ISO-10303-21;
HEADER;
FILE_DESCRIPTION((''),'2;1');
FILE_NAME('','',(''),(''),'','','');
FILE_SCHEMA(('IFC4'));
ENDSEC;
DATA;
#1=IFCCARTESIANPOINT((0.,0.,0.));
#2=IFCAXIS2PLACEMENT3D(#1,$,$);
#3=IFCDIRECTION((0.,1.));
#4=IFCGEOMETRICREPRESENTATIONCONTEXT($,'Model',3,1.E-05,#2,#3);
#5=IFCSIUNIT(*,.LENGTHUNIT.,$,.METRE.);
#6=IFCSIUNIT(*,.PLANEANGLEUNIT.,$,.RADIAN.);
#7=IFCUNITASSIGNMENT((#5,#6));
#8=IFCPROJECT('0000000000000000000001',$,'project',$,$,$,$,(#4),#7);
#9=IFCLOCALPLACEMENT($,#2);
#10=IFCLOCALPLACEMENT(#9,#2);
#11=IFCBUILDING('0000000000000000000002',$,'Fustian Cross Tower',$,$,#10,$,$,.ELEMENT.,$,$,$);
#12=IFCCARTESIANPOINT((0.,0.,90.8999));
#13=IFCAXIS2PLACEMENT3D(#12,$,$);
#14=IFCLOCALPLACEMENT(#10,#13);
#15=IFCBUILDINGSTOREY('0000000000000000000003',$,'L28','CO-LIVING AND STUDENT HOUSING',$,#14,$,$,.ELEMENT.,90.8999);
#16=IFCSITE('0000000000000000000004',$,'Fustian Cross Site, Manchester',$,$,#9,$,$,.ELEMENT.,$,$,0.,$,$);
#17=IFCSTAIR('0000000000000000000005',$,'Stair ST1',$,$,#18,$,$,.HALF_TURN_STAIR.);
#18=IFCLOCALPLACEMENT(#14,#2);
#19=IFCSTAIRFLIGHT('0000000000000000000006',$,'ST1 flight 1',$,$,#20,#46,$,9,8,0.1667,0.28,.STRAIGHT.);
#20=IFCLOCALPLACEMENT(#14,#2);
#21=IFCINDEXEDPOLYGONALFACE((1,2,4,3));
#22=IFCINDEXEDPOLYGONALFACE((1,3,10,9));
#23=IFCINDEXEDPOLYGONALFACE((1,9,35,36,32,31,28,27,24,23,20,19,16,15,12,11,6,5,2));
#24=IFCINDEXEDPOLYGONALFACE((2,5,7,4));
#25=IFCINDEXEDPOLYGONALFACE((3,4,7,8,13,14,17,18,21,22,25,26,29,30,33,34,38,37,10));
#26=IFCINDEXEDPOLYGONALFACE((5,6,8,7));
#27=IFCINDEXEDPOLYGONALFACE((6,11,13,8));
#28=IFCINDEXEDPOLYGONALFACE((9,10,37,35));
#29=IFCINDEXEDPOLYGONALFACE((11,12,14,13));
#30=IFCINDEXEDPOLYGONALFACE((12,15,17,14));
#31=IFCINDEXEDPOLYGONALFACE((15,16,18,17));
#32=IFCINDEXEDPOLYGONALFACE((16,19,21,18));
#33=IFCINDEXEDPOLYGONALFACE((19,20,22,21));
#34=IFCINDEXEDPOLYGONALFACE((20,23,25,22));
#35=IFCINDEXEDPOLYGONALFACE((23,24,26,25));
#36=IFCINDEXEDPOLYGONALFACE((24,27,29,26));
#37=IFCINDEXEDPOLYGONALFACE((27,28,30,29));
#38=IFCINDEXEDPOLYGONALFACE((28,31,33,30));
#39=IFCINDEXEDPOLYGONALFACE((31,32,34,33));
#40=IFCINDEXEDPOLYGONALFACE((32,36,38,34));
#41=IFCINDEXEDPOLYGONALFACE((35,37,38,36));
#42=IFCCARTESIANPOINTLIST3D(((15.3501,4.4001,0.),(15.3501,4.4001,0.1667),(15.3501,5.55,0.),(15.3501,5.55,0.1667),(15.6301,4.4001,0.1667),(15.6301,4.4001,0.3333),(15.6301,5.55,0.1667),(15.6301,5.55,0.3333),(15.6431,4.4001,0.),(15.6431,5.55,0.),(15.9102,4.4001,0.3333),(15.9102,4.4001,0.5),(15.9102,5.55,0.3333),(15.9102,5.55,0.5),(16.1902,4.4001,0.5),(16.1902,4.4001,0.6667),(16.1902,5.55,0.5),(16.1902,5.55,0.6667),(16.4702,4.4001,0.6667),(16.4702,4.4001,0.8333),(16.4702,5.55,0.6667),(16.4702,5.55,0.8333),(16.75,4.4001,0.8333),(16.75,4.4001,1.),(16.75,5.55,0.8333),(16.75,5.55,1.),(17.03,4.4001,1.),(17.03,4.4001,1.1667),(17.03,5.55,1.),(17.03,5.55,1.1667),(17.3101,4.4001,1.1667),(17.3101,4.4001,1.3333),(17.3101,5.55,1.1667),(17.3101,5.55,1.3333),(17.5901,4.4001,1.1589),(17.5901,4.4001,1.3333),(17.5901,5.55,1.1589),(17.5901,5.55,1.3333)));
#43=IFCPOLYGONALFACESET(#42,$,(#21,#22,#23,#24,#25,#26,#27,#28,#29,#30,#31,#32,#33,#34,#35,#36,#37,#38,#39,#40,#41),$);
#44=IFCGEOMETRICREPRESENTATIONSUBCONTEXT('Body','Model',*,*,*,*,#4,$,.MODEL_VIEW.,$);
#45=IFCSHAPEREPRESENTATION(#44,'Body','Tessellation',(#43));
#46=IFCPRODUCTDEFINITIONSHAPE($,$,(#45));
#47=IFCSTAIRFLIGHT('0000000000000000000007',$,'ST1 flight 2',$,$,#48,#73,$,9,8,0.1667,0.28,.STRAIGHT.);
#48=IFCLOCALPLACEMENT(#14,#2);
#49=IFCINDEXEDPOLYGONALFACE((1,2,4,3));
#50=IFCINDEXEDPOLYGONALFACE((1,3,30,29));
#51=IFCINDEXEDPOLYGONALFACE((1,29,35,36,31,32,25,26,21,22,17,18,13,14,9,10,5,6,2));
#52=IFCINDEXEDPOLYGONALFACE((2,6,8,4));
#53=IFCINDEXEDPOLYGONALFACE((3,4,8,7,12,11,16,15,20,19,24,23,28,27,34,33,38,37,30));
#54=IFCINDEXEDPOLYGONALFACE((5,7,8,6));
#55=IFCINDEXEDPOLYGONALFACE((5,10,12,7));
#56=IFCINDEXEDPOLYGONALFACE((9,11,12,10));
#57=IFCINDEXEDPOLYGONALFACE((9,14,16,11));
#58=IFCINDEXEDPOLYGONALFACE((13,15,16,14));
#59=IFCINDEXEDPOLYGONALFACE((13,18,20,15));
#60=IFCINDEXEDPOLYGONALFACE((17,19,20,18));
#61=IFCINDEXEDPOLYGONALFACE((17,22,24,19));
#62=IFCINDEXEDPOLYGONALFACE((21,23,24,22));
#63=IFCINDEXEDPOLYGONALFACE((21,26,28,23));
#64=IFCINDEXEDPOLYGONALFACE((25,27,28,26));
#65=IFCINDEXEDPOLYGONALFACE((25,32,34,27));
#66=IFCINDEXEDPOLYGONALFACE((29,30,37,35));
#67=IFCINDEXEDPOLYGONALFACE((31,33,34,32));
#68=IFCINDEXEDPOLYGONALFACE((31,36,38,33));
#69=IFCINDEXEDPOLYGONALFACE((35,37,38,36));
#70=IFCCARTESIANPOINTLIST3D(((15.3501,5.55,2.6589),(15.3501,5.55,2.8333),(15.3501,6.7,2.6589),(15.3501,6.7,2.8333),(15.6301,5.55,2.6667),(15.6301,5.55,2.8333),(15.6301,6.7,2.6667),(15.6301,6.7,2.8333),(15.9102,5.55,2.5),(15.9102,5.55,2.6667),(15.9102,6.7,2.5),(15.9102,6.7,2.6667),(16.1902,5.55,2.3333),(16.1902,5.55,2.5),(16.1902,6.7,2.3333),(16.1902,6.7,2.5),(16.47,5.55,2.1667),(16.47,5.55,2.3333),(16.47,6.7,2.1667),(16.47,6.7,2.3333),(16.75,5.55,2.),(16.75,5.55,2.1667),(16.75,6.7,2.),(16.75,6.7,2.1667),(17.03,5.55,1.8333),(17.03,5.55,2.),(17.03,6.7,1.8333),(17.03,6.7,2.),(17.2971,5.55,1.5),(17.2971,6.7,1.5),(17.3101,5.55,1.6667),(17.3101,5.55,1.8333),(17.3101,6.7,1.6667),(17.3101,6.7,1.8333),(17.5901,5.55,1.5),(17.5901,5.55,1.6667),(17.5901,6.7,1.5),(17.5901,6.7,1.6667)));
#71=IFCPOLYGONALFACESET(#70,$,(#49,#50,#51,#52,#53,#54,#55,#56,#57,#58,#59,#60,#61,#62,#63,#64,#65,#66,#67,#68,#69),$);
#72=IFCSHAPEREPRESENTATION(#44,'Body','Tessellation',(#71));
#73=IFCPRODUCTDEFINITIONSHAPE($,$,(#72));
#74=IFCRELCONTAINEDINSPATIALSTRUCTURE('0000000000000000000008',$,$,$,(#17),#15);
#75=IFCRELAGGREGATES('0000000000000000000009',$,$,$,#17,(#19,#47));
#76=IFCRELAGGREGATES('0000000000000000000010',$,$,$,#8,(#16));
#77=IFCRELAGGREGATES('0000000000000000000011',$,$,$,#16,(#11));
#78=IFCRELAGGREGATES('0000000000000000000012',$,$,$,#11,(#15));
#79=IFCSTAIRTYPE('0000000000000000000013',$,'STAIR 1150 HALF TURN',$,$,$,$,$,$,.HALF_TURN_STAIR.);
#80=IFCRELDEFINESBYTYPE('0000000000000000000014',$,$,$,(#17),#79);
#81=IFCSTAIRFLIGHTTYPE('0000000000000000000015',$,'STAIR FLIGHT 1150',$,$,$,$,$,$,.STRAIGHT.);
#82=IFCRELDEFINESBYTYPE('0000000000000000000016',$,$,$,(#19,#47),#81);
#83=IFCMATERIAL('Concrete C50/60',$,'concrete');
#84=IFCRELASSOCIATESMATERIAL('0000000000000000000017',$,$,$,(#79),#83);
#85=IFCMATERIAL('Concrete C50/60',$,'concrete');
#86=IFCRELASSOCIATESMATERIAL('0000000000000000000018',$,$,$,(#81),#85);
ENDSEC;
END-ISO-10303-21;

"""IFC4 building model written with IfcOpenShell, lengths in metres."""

from ifc_helpers import new_model, si_unit, direction, frame, origin, place, context, subcontext, project, spatial, polyline, outline, extrude, material, type_object, element, aggregate, save


model = new_model("IFC4")

# Units and contexts
model_context = context("Model", 3, precision=1e-05, world=origin(), true_north=direction((0.0, 1.0)))
body_context = subcontext(model_context, "Body", "Model", "MODEL_VIEW")
ifc_project = project(units=[si_unit("LENGTHUNIT", "METRE"), si_unit("PLANEANGLEUNIT", "RADIAN")], contexts=[model_context])

# Site, building, storey
site_placement = place(None, origin())
site = spatial("IfcSite", under=ifc_project, at=site_placement, Name="Fustian Cross Site, Manchester", CompositionType="ELEMENT", RefElevation=0.0)
building_placement = place(site_placement, origin())
building = spatial("IfcBuilding", under=site, at=building_placement, Name="Fustian Cross Tower", CompositionType="ELEMENT")
storey_placement = place(building_placement, frame((0.0, 0.0, 90.8999)))
storey = spatial("IfcBuildingStorey", under=building, at=storey_placement, Name="L28", Description="CO-LIVING AND STUDENT HOUSING", CompositionType="ELEMENT", Elevation=90.8999)

# Stair, stair flights
ifc_material_1 = material(Name="Concrete C50/60", Category="concrete")
stair_type = type_object("IfcStairType", Name="STAIR 1150 HALF TURN", PredefinedType="HALF_TURN_STAIR", material=ifc_material_1)
stair_placement = place(storey_placement, origin())
stair = element("IfcStair", 1, at=stair_placement, inside=storey, type_object=stair_type, Name="Stair ST1", PredefinedType="HALF_TURN_STAIR")
ifc_material_2 = material(Name="Concrete C50/60", Category="concrete")
stair_flight_type = type_object("IfcStairFlightType", Name="STAIR FLIGHT 1150", PredefinedType="STRAIGHT", material=ifc_material_2)
stair_flight_1_placement = place(storey_placement, frame((15.3501, 4.9751, 0.0), z_axis=(0.0, 0.0, 1.0), x_axis=(1.0, 0.0, 0.0)))
stair_flight_1 = element("IfcStairFlight", 2, at=stair_flight_1_placement, type_object=stair_flight_type, Name="ST1 flight 1", NumberOfRisers=9, NumberOfTreads=8, PredefinedType="STRAIGHT", RiserHeight=0.1667, TreadLength=0.28, context=body_context, shape_type="SweptSolid", body=[
    extrude(outline(polyline([(0.0, 0.0), (0.0, 0.1667), (0.28, 0.1667), (0.28, 0.3333), (0.5601, 0.3333), (0.5601, 0.5), (0.8401, 0.5), (0.8401, 0.6667), (1.1201, 0.6667), (1.1201, 0.8333), (1.3999, 0.8333), (1.3999, 1.0), (1.6799, 1.0), (1.6799, 1.1667), (1.96, 1.1667), (1.96, 1.3333), (2.24, 1.3333), (2.24, 1.5), (2.24, 1.1589), (0.293, 0.0), (0.0, 0.0)])), frame((0.0, 0.575, 0.0), z_axis=(0.0, -1.0, 0.0), x_axis=(1.0, 0.0, 0.0)), (0.0, 0.0, 1.0), 1.1499),
])
stair_flight_2_placement = place(storey_placement, frame((17.5901, 6.125, 1.5), z_axis=(0.0, 0.0, 1.0), x_axis=(-1.0, 0.0, 0.0)))
stair_flight_2 = element("IfcStairFlight", 3, at=stair_flight_2_placement, type_object=stair_flight_type, Name="ST1 flight 2", NumberOfRisers=9, NumberOfTreads=8, PredefinedType="STRAIGHT", RiserHeight=0.1667, TreadLength=0.28, context=body_context, shape_type="SweptSolid", body=[
    extrude(outline(polyline([(0.0, 0.0), (0.0, 0.1667), (0.28, 0.1667), (0.28, 0.3333), (0.5601, 0.3333), (0.5601, 0.5), (0.8401, 0.5), (0.8401, 0.6667), (1.1201, 0.6667), (1.1201, 0.8333), (1.3999, 0.8333), (1.3999, 1.0), (1.6799, 1.0), (1.6799, 1.1667), (1.96, 1.1667), (1.96, 1.3333), (2.24, 1.3333), (2.24, 1.5), (2.24, 1.1589), (0.293, 0.0), (0.0, 0.0)])), frame((0.0, 0.575, 0.0), z_axis=(0.0, -1.0, 0.0), x_axis=(1.0, 0.0, 0.0)), (0.0, 0.0, 1.0), 1.1499),
])
aggregate(stair, [stair_flight_1, stair_flight_2])

save(model, "model.ifc")
